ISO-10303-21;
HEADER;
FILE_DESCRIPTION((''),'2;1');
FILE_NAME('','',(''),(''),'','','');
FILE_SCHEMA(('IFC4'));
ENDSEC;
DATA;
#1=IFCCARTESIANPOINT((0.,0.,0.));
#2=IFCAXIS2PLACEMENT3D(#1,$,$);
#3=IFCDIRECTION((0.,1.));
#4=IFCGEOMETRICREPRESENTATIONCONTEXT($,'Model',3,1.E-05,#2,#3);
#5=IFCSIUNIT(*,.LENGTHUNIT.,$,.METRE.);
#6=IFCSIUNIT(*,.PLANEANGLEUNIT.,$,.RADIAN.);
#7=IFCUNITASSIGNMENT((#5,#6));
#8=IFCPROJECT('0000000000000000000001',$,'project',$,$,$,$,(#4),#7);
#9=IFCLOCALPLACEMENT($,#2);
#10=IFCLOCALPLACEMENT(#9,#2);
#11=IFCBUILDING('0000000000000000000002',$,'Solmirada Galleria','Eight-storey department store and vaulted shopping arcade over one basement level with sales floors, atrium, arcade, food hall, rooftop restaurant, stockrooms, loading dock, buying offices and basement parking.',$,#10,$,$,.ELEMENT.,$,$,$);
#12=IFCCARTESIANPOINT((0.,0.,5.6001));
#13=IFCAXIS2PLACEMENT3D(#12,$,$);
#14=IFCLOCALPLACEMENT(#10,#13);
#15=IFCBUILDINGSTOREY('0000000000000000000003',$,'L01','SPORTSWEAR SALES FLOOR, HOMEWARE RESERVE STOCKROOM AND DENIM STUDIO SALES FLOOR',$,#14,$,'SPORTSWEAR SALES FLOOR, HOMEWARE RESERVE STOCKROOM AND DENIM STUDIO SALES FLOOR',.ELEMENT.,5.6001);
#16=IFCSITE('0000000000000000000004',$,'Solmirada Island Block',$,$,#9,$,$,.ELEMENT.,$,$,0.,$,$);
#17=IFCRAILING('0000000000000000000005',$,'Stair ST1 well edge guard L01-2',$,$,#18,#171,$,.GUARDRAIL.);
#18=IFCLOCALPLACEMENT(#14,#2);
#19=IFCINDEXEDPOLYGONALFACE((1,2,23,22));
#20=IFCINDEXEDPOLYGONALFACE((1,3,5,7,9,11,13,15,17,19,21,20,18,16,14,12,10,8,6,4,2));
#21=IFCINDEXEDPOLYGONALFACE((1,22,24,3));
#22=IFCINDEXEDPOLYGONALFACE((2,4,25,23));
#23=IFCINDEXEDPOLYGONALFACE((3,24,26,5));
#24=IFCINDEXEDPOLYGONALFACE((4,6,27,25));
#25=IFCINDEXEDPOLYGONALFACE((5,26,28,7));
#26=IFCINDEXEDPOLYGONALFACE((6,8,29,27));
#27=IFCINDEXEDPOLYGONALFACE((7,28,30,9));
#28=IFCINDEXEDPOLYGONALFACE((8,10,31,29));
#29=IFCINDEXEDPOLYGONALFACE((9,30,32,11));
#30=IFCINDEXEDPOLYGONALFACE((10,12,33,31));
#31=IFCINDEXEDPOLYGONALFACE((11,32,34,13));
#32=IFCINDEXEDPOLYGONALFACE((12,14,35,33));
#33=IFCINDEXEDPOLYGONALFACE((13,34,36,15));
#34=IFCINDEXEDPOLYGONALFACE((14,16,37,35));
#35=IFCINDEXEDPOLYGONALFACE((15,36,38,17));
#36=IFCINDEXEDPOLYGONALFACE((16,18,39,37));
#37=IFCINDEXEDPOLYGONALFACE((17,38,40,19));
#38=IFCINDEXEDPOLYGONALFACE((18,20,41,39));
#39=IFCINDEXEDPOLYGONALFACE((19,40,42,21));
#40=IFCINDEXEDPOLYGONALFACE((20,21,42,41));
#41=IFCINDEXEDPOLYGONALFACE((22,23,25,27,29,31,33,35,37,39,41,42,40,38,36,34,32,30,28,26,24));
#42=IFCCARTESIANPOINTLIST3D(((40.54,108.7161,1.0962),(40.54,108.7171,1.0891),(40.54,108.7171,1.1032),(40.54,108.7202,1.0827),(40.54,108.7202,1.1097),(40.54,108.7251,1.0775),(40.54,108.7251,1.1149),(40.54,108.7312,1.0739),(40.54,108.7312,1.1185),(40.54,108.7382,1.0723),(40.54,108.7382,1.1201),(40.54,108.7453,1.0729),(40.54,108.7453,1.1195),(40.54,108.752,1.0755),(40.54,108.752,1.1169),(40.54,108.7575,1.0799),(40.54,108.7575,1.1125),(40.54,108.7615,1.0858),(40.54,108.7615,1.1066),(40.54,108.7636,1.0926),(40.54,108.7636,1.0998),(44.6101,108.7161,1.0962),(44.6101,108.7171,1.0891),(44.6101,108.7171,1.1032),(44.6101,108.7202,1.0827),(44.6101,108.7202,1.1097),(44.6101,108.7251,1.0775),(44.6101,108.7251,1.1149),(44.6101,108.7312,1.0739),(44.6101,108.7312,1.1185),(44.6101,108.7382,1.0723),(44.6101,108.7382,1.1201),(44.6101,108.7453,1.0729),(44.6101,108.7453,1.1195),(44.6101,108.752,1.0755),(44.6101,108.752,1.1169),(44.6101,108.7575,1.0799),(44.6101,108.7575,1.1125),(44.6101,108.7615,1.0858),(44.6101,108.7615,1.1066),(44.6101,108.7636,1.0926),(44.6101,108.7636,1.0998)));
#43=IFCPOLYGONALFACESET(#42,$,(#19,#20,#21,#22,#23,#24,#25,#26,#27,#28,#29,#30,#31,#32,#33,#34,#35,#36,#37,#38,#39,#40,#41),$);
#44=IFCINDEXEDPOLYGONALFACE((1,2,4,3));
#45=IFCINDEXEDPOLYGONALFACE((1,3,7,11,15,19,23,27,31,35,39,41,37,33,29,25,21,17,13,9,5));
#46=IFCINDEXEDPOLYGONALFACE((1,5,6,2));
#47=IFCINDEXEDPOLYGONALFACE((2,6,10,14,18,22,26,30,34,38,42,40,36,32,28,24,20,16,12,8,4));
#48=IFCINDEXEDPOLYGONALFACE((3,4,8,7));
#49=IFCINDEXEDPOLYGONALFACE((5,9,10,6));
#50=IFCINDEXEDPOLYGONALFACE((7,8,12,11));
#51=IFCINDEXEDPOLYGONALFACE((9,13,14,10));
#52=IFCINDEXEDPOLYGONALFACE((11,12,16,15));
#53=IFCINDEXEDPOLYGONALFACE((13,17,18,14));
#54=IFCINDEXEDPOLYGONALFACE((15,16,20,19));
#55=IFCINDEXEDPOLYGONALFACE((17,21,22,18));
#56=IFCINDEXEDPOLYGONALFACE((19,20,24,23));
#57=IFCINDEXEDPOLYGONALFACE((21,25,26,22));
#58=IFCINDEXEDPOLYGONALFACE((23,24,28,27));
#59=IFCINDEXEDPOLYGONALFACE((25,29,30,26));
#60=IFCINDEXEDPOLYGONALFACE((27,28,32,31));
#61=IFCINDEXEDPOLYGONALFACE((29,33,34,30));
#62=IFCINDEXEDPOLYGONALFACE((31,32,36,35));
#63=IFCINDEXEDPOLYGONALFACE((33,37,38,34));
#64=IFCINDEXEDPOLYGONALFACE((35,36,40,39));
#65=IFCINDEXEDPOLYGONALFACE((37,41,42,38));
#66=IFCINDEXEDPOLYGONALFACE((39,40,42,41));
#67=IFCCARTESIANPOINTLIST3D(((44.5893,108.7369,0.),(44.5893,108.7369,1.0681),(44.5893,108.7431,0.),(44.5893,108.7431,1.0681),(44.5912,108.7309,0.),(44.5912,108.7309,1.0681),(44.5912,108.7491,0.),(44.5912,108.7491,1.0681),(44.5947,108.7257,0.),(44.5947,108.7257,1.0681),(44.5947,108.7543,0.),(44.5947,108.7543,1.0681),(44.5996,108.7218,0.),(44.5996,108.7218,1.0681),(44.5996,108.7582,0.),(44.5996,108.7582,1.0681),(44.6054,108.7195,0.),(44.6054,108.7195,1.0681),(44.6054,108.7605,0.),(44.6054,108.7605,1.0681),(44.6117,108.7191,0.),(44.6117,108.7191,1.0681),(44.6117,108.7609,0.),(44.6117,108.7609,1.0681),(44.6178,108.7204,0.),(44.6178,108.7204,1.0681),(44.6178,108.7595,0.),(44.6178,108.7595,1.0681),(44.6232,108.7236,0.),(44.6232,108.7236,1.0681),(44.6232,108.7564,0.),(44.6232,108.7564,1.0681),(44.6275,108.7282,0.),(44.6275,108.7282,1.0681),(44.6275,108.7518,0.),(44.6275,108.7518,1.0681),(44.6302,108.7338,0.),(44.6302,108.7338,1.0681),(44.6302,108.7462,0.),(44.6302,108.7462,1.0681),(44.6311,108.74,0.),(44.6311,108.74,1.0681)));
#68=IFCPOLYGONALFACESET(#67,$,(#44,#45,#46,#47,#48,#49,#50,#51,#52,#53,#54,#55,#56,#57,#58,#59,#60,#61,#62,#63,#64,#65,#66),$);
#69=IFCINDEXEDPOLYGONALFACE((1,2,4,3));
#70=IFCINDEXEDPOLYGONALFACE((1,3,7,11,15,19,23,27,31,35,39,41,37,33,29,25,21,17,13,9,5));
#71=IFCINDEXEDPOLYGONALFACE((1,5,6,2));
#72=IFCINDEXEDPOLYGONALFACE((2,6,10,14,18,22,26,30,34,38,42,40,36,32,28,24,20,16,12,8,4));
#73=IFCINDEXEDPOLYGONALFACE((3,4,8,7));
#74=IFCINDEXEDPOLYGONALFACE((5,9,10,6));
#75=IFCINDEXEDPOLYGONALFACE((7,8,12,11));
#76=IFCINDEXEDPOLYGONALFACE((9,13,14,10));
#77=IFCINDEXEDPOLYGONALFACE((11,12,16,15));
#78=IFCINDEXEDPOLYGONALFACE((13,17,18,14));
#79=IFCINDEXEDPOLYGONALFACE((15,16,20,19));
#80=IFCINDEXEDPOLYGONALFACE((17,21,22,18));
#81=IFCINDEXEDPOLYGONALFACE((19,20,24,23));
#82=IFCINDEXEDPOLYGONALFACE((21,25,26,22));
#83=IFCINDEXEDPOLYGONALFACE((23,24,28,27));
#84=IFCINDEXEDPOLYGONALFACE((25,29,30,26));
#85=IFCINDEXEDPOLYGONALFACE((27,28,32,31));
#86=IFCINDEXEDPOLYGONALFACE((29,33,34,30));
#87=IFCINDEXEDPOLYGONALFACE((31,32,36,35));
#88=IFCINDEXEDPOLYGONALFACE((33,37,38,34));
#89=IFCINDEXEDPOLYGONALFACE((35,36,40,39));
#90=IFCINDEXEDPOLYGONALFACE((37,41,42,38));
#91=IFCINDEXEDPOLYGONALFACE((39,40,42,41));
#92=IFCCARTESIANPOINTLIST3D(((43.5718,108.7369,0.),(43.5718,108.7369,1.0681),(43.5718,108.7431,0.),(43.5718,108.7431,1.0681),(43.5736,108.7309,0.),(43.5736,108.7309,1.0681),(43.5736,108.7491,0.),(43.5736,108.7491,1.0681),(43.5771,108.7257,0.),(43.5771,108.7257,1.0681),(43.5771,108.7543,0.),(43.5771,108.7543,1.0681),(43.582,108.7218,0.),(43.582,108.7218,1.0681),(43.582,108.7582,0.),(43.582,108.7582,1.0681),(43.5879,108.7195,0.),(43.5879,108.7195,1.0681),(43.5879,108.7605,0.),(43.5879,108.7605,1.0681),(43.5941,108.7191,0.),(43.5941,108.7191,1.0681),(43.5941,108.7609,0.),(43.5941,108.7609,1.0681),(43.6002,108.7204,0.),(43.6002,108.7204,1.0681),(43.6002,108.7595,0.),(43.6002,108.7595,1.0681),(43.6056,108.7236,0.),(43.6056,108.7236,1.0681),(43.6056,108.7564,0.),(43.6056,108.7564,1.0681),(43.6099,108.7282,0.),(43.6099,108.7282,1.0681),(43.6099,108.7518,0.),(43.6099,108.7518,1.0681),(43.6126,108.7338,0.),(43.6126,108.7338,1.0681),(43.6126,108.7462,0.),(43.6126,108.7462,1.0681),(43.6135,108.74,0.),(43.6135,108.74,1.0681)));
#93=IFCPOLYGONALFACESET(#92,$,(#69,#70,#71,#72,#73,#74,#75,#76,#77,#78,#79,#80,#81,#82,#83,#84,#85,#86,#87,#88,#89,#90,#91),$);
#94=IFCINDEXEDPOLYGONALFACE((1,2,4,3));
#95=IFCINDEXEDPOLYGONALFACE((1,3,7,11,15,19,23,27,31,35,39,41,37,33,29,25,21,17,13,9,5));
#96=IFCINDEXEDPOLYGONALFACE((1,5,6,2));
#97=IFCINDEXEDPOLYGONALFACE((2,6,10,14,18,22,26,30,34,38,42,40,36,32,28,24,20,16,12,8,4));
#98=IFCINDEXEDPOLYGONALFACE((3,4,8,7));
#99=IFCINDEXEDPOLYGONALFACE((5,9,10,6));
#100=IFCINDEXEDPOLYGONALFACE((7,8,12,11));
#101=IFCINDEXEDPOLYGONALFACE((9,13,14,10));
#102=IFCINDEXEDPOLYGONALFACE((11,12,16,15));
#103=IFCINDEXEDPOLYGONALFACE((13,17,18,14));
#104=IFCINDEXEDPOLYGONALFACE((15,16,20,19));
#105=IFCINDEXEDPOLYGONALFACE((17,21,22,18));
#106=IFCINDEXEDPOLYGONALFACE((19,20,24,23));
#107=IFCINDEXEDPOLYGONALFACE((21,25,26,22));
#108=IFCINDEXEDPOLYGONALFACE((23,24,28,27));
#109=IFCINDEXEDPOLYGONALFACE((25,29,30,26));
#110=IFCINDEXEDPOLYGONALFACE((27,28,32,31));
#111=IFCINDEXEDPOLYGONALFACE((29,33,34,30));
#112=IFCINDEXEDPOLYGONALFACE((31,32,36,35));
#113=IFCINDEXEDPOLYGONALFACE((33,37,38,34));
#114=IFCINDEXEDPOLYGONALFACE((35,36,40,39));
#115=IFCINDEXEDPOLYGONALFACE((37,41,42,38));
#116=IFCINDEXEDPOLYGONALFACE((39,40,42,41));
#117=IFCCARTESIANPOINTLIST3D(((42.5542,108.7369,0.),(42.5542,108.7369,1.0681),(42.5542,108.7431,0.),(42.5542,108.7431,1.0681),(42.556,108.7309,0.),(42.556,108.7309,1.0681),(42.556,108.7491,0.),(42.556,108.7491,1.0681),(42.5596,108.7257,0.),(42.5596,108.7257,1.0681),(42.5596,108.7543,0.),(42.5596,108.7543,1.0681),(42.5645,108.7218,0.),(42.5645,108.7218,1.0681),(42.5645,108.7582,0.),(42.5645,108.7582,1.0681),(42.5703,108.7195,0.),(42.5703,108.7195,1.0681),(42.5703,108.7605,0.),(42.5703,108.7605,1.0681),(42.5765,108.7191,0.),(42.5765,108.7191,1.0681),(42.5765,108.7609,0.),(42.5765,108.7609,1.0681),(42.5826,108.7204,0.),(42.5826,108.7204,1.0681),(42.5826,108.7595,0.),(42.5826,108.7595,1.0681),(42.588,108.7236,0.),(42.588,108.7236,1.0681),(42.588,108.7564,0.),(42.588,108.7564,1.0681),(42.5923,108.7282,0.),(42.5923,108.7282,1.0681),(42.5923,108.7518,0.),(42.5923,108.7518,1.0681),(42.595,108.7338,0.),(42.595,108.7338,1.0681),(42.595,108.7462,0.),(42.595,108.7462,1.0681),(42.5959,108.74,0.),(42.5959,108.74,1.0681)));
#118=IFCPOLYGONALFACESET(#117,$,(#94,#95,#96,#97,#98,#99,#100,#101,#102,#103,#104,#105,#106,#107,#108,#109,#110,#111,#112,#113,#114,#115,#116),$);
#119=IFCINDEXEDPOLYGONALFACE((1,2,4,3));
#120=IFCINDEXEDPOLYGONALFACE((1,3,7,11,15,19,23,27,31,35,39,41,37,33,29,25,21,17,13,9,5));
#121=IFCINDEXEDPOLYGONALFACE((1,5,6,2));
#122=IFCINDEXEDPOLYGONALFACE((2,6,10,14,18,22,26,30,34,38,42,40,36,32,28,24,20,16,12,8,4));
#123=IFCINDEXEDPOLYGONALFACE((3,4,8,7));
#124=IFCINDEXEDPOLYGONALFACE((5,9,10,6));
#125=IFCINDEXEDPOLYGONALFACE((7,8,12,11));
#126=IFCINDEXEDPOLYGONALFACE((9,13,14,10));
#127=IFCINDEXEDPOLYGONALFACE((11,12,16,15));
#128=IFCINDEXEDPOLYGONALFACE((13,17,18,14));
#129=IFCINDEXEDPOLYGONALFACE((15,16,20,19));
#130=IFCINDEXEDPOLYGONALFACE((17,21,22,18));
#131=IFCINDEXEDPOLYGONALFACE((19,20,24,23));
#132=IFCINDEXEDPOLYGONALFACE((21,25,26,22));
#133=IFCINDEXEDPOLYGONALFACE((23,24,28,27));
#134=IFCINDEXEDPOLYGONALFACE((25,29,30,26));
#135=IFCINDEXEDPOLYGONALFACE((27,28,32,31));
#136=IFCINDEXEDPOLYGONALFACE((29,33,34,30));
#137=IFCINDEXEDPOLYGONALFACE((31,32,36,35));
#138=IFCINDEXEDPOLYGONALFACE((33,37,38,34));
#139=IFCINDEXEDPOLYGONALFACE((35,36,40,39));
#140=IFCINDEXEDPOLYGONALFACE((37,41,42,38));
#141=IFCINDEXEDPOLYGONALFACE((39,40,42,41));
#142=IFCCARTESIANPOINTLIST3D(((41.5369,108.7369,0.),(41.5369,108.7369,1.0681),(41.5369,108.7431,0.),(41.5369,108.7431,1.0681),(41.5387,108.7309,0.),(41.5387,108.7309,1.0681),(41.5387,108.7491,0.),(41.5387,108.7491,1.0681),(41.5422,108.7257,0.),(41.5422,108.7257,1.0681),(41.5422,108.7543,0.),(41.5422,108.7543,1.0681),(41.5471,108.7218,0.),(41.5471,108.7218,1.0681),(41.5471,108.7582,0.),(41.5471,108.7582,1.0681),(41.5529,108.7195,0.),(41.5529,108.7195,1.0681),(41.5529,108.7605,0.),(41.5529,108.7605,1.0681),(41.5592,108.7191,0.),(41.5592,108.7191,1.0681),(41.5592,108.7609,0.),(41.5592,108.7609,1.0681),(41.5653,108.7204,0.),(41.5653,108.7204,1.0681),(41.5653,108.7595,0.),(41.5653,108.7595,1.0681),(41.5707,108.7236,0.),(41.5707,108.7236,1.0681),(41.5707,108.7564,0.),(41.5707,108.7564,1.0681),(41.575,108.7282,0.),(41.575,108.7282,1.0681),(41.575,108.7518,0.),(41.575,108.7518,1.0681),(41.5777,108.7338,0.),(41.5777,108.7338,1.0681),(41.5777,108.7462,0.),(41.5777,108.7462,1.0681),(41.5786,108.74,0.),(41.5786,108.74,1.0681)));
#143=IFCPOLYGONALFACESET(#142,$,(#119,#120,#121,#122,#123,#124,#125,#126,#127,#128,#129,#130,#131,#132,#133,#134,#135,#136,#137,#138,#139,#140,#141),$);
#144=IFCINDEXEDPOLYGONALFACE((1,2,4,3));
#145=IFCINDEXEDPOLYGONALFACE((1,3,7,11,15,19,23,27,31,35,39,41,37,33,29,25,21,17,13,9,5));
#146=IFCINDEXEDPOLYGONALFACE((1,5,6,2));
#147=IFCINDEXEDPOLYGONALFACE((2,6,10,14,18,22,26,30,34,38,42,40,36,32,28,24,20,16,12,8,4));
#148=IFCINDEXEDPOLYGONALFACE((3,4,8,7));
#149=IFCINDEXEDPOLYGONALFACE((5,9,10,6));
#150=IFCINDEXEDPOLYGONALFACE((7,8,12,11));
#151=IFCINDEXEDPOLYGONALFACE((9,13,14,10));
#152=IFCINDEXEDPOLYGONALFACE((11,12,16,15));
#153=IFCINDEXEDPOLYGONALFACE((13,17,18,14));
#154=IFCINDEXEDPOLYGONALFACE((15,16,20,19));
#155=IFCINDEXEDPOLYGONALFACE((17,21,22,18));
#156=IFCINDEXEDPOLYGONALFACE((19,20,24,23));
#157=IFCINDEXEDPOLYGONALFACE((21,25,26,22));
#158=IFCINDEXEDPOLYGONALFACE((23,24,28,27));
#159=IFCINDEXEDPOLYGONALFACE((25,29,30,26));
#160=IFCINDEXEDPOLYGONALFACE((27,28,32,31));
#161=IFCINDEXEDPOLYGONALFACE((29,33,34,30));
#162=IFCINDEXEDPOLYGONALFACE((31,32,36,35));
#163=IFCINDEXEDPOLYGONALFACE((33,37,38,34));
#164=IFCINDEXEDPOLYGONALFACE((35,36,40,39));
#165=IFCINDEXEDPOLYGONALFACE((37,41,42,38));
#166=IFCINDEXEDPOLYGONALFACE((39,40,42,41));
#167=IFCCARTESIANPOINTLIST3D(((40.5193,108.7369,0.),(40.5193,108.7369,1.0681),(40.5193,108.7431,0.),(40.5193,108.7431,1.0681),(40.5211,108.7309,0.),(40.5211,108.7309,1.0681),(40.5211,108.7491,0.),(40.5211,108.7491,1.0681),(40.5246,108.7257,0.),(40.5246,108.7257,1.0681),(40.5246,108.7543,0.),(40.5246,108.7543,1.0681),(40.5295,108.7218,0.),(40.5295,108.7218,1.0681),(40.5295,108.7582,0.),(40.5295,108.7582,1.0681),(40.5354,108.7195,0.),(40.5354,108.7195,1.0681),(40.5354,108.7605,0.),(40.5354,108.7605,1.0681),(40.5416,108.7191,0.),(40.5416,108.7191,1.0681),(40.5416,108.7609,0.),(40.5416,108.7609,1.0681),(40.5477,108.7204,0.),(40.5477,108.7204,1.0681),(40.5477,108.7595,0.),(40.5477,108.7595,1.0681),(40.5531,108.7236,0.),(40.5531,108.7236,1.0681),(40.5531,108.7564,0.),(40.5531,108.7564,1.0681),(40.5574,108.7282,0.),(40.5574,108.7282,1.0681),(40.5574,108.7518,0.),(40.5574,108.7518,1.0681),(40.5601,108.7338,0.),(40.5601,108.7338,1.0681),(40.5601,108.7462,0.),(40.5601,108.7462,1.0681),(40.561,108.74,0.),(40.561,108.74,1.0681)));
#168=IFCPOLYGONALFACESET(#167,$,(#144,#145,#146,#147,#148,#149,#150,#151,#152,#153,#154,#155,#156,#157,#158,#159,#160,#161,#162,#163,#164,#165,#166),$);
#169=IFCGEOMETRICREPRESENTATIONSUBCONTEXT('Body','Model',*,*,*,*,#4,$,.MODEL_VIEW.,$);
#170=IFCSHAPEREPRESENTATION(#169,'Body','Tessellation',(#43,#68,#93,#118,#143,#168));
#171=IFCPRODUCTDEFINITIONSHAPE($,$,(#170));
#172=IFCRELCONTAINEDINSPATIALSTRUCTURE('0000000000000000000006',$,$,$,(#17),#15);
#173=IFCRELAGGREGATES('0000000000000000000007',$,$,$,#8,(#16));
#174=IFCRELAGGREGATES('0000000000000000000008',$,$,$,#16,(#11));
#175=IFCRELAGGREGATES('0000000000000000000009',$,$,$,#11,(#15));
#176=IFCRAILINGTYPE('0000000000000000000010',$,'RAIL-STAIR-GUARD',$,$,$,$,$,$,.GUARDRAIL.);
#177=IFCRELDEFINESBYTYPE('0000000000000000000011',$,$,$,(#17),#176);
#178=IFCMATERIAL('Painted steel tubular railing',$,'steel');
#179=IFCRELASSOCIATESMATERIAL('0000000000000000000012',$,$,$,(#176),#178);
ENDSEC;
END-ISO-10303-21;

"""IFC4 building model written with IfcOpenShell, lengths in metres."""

from ifc_helpers import new_model, si_unit, direction, frame, origin, origin_2d, place, context, subcontext, project, spatial, circle, extrude, material, type_object, element, save


model = new_model("IFC4")

# Units and contexts
model_context = context("Model", 3, precision=1e-05, world=origin(), true_north=direction((0.0, 1.0)))
body_context = subcontext(model_context, "Body", "Model", "MODEL_VIEW")
ifc_project = project(units=[si_unit("LENGTHUNIT", "METRE"), si_unit("PLANEANGLEUNIT", "RADIAN")], contexts=[model_context])

# Site, building, storey
site_placement = place(None, origin())
site = spatial("IfcSite", under=ifc_project, at=site_placement, Name="Solmirada Island Block", CompositionType="ELEMENT", RefElevation=0.0)
building_placement = place(site_placement, origin())
building = spatial("IfcBuilding", under=site, at=building_placement, Name="Solmirada Galleria", Description="Eight-storey department store and vaulted shopping arcade over one basement level with sales floors, atrium, arcade, food hall, rooftop restaurant, stockrooms, loading dock, buying offices and basement parking.", CompositionType="ELEMENT")
storey_placement = place(building_placement, frame((0.0, 0.0, 5.6001)))
storey = spatial("IfcBuildingStorey", under=building, at=storey_placement, Name="L01", Description="SPORTSWEAR SALES FLOOR, HOMEWARE RESERVE STOCKROOM AND DENIM STUDIO SALES FLOOR", LongName="SPORTSWEAR SALES FLOOR, HOMEWARE RESERVE STOCKROOM AND DENIM STUDIO SALES FLOOR", CompositionType="ELEMENT", Elevation=5.6001)

# Railing
ifc_material_1 = material(Name="Painted steel tubular railing", Category="steel")
railing_type = type_object("IfcRailingType", Name="RAIL-STAIR-GUARD", PredefinedType="GUARDRAIL", material=ifc_material_1)
railing_1_placement = place(storey_placement, frame((44.6101, 108.74, 0.0)))
element("IfcRailing", 1, at=railing_1_placement, inside=storey, type_object=railing_type, Name="Stair ST1 well edge guard L01-2", PredefinedType="GUARDRAIL", context=body_context, shape_type="SweptSolid", body=[
    extrude(circle(Radius=0.0239, at=origin_2d()), frame((0.0, 0.0, 1.0962), z_axis=(-1.0, 0.0, 0.0), x_axis=(0.0, -1.0, 0.0)), (0.0, 0.0, 1.0), 4.0701),
    extrude(circle(Radius=0.021, at=origin_2d()), origin(), (0.0, 0.0, 1.0), 1.0681),
    extrude(circle(Radius=0.021, at=origin_2d()), frame((-1.0176, 0.0, 0.0)), (0.0, 0.0, 1.0), 1.0681),
    extrude(circle(Radius=0.021, at=origin_2d()), frame((-2.0352, 0.0, 0.0)), (0.0, 0.0, 1.0), 1.0681),
    extrude(circle(Radius=0.021, at=origin_2d()), frame((-3.0525, 0.0, 0.0)), (0.0, 0.0, 1.0), 1.0681),
    extrude(circle(Radius=0.021, at=origin_2d()), frame((-4.0701, 0.0, 0.0)), (0.0, 0.0, 1.0), 1.0681),
])

save(model, "model.ifc")
